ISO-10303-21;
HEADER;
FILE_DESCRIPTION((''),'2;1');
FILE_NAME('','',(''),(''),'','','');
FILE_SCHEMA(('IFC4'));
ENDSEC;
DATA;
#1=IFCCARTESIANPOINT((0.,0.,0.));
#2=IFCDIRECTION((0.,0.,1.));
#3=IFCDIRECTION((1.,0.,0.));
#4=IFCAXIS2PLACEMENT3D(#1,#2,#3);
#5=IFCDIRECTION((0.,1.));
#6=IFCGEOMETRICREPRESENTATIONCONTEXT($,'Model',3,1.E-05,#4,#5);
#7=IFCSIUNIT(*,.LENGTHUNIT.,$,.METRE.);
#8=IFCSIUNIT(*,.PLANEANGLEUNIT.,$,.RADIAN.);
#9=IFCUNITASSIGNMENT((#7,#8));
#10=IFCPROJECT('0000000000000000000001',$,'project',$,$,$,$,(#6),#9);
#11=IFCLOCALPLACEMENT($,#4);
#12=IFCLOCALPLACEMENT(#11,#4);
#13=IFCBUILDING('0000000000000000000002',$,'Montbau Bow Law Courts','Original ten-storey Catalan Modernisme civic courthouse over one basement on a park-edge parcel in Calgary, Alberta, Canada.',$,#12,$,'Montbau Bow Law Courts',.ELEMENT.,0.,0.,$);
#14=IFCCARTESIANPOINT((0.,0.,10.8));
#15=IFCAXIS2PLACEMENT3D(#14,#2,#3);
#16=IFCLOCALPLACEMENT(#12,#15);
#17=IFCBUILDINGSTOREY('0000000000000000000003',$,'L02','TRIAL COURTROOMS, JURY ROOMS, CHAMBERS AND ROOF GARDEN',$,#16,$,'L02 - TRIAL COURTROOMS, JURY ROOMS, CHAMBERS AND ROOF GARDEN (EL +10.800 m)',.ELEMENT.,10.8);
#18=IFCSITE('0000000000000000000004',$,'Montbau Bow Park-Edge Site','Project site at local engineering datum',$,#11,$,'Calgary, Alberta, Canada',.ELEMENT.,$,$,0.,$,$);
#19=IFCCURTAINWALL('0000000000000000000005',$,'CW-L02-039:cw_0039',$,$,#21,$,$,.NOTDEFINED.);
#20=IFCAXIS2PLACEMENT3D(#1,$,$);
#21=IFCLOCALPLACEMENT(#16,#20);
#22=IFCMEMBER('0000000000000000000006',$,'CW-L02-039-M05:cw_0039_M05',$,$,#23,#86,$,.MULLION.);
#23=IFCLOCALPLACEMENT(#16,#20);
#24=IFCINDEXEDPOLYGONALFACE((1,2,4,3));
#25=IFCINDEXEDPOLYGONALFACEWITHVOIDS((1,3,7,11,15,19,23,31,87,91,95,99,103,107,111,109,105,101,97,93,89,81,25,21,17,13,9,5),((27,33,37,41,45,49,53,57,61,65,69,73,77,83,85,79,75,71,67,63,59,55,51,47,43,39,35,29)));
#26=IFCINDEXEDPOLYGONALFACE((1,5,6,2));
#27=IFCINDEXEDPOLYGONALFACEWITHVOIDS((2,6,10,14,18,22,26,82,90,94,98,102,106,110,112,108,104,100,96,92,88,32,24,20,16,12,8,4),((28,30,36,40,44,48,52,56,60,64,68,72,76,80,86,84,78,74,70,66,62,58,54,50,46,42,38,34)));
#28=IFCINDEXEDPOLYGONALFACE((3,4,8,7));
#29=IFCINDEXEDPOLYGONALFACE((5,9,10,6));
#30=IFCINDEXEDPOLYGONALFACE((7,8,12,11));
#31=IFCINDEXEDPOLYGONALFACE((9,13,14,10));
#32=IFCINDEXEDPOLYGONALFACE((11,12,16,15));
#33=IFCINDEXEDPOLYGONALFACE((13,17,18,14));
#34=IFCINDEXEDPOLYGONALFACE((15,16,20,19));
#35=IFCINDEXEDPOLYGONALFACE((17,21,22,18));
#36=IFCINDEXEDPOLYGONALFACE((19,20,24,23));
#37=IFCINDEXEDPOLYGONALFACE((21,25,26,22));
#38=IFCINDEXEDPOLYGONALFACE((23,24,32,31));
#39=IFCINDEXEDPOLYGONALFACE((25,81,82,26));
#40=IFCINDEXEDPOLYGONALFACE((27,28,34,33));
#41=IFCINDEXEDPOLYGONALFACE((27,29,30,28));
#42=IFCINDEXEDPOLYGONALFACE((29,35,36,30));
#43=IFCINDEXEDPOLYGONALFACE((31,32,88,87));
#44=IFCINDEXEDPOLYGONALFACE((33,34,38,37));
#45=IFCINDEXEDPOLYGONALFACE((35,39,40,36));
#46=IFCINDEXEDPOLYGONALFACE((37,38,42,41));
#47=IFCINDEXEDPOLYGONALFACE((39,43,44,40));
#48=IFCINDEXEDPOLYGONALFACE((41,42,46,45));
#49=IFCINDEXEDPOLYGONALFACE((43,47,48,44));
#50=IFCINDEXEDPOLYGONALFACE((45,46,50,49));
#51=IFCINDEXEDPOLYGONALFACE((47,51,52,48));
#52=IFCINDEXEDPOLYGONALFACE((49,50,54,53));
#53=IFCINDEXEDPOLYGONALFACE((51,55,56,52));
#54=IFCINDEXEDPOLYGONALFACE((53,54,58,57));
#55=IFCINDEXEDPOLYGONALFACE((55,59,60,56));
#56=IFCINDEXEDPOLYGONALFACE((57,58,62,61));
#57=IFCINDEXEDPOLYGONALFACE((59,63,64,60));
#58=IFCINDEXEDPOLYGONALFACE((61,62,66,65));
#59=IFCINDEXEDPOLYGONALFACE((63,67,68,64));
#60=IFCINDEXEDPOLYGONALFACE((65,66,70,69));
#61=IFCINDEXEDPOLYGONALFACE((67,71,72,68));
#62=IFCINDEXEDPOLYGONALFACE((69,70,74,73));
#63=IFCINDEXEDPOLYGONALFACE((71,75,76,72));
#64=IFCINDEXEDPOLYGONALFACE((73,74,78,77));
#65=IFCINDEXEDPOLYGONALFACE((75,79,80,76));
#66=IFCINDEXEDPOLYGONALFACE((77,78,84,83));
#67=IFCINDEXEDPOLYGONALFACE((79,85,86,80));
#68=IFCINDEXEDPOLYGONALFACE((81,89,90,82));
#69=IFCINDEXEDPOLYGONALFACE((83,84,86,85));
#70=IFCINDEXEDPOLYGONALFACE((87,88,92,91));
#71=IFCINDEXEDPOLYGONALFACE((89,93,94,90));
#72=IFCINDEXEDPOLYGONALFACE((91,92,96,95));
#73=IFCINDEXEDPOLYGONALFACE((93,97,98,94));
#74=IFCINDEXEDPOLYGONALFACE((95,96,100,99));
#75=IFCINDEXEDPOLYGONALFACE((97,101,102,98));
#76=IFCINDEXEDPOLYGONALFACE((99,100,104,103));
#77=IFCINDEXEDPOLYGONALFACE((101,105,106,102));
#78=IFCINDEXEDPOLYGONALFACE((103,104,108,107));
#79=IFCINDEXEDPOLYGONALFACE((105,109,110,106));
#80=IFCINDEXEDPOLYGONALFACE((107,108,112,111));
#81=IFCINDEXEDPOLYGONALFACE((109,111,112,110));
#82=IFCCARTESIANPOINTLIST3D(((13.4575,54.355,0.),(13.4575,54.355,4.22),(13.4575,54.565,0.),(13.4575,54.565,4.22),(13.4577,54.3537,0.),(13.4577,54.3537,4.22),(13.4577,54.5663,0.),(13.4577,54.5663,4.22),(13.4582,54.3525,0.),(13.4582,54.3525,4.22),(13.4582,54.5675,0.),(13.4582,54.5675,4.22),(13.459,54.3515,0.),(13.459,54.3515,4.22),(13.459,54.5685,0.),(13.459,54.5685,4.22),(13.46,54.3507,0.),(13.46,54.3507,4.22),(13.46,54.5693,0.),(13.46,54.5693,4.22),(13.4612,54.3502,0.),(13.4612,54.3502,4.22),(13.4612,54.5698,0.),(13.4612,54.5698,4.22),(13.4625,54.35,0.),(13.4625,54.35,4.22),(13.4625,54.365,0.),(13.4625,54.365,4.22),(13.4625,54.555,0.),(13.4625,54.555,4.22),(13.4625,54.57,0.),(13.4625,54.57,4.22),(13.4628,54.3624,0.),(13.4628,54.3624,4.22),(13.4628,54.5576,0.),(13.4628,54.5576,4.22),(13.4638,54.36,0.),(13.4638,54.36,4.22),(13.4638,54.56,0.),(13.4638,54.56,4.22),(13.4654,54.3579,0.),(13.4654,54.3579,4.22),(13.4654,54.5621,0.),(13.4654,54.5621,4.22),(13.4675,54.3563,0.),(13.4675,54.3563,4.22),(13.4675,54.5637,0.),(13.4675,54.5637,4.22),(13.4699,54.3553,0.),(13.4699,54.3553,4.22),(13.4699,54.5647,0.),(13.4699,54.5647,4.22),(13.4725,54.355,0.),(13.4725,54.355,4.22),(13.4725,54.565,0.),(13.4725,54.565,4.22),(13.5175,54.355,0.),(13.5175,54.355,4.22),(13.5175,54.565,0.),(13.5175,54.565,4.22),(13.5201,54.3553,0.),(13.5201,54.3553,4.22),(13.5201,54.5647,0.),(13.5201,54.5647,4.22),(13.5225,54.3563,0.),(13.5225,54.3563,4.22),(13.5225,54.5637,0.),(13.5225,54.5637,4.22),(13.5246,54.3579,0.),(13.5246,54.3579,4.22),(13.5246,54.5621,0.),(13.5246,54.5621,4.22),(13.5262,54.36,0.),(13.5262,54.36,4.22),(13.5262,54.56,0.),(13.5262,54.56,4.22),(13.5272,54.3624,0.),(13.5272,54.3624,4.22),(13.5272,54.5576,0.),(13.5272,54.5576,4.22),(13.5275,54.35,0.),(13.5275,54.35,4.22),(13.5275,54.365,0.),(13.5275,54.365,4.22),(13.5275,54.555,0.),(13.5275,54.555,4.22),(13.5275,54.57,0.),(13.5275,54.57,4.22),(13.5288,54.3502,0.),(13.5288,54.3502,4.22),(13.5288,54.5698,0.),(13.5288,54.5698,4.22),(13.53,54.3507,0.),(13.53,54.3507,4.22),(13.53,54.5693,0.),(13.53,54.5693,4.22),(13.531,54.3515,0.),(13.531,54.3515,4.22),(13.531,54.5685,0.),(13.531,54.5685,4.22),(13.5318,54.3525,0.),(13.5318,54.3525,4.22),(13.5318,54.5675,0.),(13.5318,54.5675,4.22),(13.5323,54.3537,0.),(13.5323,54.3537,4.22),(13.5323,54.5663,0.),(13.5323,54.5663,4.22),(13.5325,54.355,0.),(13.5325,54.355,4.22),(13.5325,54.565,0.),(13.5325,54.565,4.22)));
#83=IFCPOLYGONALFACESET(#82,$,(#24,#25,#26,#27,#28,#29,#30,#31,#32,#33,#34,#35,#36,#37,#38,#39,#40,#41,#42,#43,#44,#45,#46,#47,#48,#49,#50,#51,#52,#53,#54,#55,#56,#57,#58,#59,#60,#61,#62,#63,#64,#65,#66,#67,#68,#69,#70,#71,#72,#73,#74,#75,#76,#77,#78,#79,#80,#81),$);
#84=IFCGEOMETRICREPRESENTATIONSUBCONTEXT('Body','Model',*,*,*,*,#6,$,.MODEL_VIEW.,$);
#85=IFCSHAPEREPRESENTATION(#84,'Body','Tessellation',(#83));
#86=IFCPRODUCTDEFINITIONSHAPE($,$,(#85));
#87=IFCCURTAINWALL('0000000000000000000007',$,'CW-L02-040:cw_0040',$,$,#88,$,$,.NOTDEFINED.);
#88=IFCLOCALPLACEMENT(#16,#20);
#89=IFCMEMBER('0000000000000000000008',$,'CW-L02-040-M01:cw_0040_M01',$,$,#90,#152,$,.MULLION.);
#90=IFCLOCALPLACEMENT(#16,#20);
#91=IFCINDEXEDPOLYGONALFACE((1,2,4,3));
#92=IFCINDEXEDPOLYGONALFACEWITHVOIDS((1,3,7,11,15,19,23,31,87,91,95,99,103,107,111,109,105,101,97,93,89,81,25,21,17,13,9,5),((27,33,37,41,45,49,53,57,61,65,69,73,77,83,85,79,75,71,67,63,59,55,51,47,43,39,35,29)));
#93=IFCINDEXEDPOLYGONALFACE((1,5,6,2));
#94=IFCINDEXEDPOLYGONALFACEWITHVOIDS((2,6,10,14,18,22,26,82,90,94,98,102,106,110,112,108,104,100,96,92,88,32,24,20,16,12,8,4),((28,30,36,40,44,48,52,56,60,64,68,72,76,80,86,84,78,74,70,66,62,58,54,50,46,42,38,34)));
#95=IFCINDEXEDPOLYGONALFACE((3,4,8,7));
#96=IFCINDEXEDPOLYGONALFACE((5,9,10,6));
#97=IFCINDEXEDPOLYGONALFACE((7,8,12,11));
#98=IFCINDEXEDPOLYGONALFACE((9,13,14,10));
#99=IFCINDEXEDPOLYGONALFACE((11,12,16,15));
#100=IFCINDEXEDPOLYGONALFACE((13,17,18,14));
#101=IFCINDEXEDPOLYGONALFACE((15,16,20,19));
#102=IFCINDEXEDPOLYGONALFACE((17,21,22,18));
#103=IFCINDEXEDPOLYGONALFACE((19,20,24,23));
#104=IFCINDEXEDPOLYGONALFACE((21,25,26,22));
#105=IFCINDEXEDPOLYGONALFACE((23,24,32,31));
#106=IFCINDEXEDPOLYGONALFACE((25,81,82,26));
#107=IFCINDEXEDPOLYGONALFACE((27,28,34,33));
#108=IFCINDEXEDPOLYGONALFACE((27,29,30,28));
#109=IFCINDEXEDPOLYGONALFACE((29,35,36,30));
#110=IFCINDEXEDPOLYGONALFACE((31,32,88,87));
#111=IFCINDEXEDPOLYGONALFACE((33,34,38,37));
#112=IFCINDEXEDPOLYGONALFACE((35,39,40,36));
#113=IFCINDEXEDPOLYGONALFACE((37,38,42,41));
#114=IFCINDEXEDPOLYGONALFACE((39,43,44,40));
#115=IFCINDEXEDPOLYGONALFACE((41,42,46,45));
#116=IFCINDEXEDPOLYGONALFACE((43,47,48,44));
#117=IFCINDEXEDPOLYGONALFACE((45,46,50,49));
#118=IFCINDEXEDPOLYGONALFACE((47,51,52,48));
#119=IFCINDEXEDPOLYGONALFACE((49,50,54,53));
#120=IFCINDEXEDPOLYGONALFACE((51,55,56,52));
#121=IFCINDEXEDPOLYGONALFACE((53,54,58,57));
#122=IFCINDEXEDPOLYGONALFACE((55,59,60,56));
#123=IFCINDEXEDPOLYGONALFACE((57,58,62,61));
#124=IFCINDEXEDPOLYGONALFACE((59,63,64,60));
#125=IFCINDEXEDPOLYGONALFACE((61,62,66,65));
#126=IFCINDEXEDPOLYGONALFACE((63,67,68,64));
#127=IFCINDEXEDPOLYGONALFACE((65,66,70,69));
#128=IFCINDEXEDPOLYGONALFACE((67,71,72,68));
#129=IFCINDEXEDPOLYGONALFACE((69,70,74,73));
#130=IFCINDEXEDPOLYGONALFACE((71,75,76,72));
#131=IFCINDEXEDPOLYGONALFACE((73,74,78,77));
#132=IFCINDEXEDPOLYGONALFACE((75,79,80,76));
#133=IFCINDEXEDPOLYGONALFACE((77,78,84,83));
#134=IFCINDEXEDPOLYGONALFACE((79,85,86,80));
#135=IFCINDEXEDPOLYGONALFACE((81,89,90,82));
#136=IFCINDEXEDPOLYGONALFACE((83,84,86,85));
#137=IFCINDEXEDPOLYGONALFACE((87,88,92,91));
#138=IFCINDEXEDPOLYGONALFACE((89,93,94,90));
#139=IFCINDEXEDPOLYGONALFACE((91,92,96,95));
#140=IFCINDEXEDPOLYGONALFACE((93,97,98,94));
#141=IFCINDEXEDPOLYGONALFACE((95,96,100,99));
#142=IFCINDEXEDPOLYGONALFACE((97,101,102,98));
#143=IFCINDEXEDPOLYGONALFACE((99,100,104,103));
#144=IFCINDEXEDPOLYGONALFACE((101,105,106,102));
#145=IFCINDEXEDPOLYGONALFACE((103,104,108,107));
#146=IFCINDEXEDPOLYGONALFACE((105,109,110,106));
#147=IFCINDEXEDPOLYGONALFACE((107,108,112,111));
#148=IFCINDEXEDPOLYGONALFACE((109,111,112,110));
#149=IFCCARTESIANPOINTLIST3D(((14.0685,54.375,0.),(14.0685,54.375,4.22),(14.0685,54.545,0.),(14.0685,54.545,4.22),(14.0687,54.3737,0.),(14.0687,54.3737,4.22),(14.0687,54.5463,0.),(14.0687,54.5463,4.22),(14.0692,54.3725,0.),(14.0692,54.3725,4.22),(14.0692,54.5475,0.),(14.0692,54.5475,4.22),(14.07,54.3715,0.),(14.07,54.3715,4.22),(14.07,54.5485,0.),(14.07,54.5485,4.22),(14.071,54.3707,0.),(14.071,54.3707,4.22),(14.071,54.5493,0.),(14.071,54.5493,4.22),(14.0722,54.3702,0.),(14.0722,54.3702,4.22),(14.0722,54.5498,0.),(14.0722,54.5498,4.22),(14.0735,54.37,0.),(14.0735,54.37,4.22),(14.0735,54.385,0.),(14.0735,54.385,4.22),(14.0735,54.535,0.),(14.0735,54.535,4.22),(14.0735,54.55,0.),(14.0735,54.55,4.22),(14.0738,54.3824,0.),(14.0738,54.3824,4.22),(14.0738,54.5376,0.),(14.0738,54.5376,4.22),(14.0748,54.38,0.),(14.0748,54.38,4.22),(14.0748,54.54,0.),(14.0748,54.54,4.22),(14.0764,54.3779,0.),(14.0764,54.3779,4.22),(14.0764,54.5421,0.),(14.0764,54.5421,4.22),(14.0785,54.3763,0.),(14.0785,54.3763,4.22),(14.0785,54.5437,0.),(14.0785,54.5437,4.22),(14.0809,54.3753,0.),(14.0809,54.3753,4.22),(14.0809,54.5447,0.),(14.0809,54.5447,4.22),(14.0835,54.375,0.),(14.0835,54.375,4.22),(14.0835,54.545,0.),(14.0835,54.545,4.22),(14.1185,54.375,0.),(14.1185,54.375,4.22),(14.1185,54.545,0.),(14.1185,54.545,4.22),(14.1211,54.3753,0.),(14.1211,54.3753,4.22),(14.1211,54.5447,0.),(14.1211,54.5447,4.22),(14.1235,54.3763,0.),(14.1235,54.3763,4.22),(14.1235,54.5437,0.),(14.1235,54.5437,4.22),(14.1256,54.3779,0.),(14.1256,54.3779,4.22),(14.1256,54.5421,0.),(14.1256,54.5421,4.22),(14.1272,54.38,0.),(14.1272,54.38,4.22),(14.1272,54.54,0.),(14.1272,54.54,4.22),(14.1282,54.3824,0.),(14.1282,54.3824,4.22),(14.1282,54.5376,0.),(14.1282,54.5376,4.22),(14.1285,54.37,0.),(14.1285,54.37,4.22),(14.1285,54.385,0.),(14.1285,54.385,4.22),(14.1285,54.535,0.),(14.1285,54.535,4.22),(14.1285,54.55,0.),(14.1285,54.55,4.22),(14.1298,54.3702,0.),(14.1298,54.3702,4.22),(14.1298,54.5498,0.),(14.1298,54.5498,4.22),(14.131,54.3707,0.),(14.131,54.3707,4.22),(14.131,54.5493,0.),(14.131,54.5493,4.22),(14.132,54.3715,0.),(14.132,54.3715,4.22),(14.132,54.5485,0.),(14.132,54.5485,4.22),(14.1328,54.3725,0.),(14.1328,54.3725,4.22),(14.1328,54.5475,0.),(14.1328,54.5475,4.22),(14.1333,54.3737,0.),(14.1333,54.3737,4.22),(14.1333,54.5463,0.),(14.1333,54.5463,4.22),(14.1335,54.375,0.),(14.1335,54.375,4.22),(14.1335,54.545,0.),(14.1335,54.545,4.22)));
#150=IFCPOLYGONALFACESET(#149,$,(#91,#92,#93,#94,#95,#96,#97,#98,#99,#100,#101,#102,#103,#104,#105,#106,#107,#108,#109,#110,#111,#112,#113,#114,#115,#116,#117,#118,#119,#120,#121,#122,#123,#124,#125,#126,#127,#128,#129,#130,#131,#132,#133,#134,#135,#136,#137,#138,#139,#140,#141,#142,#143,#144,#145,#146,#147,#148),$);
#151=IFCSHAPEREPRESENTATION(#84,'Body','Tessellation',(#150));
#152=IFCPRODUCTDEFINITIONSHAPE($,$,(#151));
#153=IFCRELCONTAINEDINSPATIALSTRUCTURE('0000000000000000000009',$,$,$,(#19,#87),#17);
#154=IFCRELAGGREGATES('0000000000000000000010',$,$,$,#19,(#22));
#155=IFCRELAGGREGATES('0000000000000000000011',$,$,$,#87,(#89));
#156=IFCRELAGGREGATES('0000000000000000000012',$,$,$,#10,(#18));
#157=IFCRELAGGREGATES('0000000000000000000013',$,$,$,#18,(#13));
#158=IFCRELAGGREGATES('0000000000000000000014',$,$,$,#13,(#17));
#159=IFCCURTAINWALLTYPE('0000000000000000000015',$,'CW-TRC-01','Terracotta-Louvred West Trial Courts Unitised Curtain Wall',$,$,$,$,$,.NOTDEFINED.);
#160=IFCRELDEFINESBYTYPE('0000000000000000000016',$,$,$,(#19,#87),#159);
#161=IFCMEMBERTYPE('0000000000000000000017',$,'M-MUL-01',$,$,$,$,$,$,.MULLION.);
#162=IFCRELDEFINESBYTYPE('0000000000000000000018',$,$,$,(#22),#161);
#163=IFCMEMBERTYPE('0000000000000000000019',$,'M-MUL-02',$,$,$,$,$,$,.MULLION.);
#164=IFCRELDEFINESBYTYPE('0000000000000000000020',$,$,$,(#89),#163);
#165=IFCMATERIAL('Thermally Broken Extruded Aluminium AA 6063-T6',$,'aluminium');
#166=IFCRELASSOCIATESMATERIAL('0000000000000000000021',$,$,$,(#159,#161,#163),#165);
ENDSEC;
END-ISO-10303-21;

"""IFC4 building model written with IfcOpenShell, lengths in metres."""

from ifc_helpers import new_model, si_unit, direction, frame, origin_with_axes, origin_2d_with_axis, place, context, subcontext, project, spatial, hollow_rectangle, extrude, material, material_profile, profile_set, type_object, element, aggregate, save


model = new_model("IFC4")

# Units and contexts
model_context = context("Model", 3, precision=1e-05, world=origin_with_axes(), true_north=direction((0.0, 1.0)))
body_context = subcontext(model_context, "Body", "Model", "MODEL_VIEW")
ifc_project = project(units=[si_unit("LENGTHUNIT", "METRE"), si_unit("PLANEANGLEUNIT", "RADIAN")], contexts=[model_context])

# Site, building, storey
site_placement = place(None, origin_with_axes())
site = spatial("IfcSite", under=ifc_project, at=site_placement, Name="Montbau Bow Park-Edge Site", Description="Project site at local engineering datum", LongName="Calgary, Alberta, Canada", CompositionType="ELEMENT", RefElevation=0.0)
building_placement = place(site_placement, origin_with_axes())
building = spatial("IfcBuilding", under=site, at=building_placement, Name="Montbau Bow Law Courts", Description="Original ten-storey Catalan Modernisme civic courthouse over one basement on a park-edge parcel in Calgary, Alberta, Canada.", LongName="Montbau Bow Law Courts", CompositionType="ELEMENT", ElevationOfRefHeight=0.0, ElevationOfTerrain=0.0)
storey_placement = place(building_placement, frame((0.0, 0.0, 10.8), z_axis=(0.0, 0.0, 1.0), x_axis=(1.0, 0.0, 0.0)))
storey = spatial("IfcBuildingStorey", under=building, at=storey_placement, Name="L02", Description="TRIAL COURTROOMS, JURY ROOMS, CHAMBERS AND ROOF GARDEN", LongName="L02 - TRIAL COURTROOMS, JURY ROOMS, CHAMBERS AND ROOF GARDEN (EL +10.800 m)", CompositionType="ELEMENT", Elevation=10.8)

# Curtain wall, member
ifc_material_1 = material(Name="Thermally Broken Extruded Aluminium AA 6063-T6", Category="aluminium")
curtain_wall_type = type_object("IfcCurtainWallType", Name="CW-TRC-01", Description="Terracotta-Louvred West Trial Courts Unitised Curtain Wall", PredefinedType="NOTDEFINED", material=ifc_material_1)
curtain_wall_1_placement = place(None, frame((7.315, 54.46, 10.8), z_axis=(0.0, 0.0, 1.0), x_axis=(1.0, 0.0, 0.0)))
curtain_wall_1 = element("IfcCurtainWall", 1, at=curtain_wall_1_placement, inside=storey, type_object=curtain_wall_type, Name="CW-L02-039:cw_0039", PredefinedType="NOTDEFINED")
ifc_material_profile_1 = material_profile(ifc_material_1, hollow_rectangle(XDim=0.075, YDim=0.22, WallThickness=0.005, InnerFilletRadius=0.01, OuterFilletRadius=0.005, at=origin_2d_with_axis()), Name="CWM-220X75", Category="Main", Priority=0)
ifc_profile_set_1 = profile_set([ifc_material_profile_1], Name="Thermally Broken Extruded Aluminium AA 6063-T6")
member_type_1 = type_object("IfcMemberType", Name="M-MUL-01", PredefinedType="MULLION", material=ifc_profile_set_1)
member_1_placement = place(None, frame((13.495, 54.46, 10.8), z_axis=(0.0, 0.0, 1.0), x_axis=(1.0, 0.0, 0.0)))
member_1 = element("IfcMember", 2, at=member_1_placement, type_object=member_type_1, Name="CW-L02-039-M05:cw_0039_M05", PredefinedType="MULLION", context=body_context, shape_type="SweptSolid", body=[
    extrude(hollow_rectangle(XDim=0.075, YDim=0.22, WallThickness=0.005, InnerFilletRadius=0.01, OuterFilletRadius=0.005, at=origin_2d_with_axis()), origin_with_axes(), (0.0, 0.0, 1.0), 4.22),
])

# Curtain wall, member
curtain_wall_2_placement = place(None, frame((14.068, 54.46, 10.8), z_axis=(0.0, 0.0, 1.0), x_axis=(1.0, 0.0, 0.0)))
curtain_wall_2 = element("IfcCurtainWall", 3, at=curtain_wall_2_placement, inside=storey, type_object=curtain_wall_type, Name="CW-L02-040:cw_0040", PredefinedType="NOTDEFINED")
ifc_material_profile_2 = material_profile(ifc_material_1, hollow_rectangle(XDim=0.065, YDim=0.18, WallThickness=0.005, InnerFilletRadius=0.01, OuterFilletRadius=0.005, at=origin_2d_with_axis()), Name="CWM-180X65", Category="Main", Priority=0)
ifc_profile_set_2 = profile_set([ifc_material_profile_2], Name="Thermally Broken Extruded Aluminium AA 6063-T6")
member_type_2 = type_object("IfcMemberType", Name="M-MUL-02", PredefinedType="MULLION", material=ifc_profile_set_2)
member_2_placement = place(None, frame((14.101, 54.46, 10.8), z_axis=(0.0, 0.0, 1.0), x_axis=(1.0, 0.0, 0.0)))
member_2 = element("IfcMember", 4, at=member_2_placement, type_object=member_type_2, Name="CW-L02-040-M01:cw_0040_M01", PredefinedType="MULLION", context=body_context, shape_type="SweptSolid", body=[
    extrude(hollow_rectangle(XDim=0.065, YDim=0.18, WallThickness=0.005, InnerFilletRadius=0.01, OuterFilletRadius=0.005, at=origin_2d_with_axis()), origin_with_axes(), (0.0, 0.0, 1.0), 4.22),
])

aggregate(curtain_wall_1, [member_1])
aggregate(curtain_wall_2, [member_2])

save(model, "model.ifc")
